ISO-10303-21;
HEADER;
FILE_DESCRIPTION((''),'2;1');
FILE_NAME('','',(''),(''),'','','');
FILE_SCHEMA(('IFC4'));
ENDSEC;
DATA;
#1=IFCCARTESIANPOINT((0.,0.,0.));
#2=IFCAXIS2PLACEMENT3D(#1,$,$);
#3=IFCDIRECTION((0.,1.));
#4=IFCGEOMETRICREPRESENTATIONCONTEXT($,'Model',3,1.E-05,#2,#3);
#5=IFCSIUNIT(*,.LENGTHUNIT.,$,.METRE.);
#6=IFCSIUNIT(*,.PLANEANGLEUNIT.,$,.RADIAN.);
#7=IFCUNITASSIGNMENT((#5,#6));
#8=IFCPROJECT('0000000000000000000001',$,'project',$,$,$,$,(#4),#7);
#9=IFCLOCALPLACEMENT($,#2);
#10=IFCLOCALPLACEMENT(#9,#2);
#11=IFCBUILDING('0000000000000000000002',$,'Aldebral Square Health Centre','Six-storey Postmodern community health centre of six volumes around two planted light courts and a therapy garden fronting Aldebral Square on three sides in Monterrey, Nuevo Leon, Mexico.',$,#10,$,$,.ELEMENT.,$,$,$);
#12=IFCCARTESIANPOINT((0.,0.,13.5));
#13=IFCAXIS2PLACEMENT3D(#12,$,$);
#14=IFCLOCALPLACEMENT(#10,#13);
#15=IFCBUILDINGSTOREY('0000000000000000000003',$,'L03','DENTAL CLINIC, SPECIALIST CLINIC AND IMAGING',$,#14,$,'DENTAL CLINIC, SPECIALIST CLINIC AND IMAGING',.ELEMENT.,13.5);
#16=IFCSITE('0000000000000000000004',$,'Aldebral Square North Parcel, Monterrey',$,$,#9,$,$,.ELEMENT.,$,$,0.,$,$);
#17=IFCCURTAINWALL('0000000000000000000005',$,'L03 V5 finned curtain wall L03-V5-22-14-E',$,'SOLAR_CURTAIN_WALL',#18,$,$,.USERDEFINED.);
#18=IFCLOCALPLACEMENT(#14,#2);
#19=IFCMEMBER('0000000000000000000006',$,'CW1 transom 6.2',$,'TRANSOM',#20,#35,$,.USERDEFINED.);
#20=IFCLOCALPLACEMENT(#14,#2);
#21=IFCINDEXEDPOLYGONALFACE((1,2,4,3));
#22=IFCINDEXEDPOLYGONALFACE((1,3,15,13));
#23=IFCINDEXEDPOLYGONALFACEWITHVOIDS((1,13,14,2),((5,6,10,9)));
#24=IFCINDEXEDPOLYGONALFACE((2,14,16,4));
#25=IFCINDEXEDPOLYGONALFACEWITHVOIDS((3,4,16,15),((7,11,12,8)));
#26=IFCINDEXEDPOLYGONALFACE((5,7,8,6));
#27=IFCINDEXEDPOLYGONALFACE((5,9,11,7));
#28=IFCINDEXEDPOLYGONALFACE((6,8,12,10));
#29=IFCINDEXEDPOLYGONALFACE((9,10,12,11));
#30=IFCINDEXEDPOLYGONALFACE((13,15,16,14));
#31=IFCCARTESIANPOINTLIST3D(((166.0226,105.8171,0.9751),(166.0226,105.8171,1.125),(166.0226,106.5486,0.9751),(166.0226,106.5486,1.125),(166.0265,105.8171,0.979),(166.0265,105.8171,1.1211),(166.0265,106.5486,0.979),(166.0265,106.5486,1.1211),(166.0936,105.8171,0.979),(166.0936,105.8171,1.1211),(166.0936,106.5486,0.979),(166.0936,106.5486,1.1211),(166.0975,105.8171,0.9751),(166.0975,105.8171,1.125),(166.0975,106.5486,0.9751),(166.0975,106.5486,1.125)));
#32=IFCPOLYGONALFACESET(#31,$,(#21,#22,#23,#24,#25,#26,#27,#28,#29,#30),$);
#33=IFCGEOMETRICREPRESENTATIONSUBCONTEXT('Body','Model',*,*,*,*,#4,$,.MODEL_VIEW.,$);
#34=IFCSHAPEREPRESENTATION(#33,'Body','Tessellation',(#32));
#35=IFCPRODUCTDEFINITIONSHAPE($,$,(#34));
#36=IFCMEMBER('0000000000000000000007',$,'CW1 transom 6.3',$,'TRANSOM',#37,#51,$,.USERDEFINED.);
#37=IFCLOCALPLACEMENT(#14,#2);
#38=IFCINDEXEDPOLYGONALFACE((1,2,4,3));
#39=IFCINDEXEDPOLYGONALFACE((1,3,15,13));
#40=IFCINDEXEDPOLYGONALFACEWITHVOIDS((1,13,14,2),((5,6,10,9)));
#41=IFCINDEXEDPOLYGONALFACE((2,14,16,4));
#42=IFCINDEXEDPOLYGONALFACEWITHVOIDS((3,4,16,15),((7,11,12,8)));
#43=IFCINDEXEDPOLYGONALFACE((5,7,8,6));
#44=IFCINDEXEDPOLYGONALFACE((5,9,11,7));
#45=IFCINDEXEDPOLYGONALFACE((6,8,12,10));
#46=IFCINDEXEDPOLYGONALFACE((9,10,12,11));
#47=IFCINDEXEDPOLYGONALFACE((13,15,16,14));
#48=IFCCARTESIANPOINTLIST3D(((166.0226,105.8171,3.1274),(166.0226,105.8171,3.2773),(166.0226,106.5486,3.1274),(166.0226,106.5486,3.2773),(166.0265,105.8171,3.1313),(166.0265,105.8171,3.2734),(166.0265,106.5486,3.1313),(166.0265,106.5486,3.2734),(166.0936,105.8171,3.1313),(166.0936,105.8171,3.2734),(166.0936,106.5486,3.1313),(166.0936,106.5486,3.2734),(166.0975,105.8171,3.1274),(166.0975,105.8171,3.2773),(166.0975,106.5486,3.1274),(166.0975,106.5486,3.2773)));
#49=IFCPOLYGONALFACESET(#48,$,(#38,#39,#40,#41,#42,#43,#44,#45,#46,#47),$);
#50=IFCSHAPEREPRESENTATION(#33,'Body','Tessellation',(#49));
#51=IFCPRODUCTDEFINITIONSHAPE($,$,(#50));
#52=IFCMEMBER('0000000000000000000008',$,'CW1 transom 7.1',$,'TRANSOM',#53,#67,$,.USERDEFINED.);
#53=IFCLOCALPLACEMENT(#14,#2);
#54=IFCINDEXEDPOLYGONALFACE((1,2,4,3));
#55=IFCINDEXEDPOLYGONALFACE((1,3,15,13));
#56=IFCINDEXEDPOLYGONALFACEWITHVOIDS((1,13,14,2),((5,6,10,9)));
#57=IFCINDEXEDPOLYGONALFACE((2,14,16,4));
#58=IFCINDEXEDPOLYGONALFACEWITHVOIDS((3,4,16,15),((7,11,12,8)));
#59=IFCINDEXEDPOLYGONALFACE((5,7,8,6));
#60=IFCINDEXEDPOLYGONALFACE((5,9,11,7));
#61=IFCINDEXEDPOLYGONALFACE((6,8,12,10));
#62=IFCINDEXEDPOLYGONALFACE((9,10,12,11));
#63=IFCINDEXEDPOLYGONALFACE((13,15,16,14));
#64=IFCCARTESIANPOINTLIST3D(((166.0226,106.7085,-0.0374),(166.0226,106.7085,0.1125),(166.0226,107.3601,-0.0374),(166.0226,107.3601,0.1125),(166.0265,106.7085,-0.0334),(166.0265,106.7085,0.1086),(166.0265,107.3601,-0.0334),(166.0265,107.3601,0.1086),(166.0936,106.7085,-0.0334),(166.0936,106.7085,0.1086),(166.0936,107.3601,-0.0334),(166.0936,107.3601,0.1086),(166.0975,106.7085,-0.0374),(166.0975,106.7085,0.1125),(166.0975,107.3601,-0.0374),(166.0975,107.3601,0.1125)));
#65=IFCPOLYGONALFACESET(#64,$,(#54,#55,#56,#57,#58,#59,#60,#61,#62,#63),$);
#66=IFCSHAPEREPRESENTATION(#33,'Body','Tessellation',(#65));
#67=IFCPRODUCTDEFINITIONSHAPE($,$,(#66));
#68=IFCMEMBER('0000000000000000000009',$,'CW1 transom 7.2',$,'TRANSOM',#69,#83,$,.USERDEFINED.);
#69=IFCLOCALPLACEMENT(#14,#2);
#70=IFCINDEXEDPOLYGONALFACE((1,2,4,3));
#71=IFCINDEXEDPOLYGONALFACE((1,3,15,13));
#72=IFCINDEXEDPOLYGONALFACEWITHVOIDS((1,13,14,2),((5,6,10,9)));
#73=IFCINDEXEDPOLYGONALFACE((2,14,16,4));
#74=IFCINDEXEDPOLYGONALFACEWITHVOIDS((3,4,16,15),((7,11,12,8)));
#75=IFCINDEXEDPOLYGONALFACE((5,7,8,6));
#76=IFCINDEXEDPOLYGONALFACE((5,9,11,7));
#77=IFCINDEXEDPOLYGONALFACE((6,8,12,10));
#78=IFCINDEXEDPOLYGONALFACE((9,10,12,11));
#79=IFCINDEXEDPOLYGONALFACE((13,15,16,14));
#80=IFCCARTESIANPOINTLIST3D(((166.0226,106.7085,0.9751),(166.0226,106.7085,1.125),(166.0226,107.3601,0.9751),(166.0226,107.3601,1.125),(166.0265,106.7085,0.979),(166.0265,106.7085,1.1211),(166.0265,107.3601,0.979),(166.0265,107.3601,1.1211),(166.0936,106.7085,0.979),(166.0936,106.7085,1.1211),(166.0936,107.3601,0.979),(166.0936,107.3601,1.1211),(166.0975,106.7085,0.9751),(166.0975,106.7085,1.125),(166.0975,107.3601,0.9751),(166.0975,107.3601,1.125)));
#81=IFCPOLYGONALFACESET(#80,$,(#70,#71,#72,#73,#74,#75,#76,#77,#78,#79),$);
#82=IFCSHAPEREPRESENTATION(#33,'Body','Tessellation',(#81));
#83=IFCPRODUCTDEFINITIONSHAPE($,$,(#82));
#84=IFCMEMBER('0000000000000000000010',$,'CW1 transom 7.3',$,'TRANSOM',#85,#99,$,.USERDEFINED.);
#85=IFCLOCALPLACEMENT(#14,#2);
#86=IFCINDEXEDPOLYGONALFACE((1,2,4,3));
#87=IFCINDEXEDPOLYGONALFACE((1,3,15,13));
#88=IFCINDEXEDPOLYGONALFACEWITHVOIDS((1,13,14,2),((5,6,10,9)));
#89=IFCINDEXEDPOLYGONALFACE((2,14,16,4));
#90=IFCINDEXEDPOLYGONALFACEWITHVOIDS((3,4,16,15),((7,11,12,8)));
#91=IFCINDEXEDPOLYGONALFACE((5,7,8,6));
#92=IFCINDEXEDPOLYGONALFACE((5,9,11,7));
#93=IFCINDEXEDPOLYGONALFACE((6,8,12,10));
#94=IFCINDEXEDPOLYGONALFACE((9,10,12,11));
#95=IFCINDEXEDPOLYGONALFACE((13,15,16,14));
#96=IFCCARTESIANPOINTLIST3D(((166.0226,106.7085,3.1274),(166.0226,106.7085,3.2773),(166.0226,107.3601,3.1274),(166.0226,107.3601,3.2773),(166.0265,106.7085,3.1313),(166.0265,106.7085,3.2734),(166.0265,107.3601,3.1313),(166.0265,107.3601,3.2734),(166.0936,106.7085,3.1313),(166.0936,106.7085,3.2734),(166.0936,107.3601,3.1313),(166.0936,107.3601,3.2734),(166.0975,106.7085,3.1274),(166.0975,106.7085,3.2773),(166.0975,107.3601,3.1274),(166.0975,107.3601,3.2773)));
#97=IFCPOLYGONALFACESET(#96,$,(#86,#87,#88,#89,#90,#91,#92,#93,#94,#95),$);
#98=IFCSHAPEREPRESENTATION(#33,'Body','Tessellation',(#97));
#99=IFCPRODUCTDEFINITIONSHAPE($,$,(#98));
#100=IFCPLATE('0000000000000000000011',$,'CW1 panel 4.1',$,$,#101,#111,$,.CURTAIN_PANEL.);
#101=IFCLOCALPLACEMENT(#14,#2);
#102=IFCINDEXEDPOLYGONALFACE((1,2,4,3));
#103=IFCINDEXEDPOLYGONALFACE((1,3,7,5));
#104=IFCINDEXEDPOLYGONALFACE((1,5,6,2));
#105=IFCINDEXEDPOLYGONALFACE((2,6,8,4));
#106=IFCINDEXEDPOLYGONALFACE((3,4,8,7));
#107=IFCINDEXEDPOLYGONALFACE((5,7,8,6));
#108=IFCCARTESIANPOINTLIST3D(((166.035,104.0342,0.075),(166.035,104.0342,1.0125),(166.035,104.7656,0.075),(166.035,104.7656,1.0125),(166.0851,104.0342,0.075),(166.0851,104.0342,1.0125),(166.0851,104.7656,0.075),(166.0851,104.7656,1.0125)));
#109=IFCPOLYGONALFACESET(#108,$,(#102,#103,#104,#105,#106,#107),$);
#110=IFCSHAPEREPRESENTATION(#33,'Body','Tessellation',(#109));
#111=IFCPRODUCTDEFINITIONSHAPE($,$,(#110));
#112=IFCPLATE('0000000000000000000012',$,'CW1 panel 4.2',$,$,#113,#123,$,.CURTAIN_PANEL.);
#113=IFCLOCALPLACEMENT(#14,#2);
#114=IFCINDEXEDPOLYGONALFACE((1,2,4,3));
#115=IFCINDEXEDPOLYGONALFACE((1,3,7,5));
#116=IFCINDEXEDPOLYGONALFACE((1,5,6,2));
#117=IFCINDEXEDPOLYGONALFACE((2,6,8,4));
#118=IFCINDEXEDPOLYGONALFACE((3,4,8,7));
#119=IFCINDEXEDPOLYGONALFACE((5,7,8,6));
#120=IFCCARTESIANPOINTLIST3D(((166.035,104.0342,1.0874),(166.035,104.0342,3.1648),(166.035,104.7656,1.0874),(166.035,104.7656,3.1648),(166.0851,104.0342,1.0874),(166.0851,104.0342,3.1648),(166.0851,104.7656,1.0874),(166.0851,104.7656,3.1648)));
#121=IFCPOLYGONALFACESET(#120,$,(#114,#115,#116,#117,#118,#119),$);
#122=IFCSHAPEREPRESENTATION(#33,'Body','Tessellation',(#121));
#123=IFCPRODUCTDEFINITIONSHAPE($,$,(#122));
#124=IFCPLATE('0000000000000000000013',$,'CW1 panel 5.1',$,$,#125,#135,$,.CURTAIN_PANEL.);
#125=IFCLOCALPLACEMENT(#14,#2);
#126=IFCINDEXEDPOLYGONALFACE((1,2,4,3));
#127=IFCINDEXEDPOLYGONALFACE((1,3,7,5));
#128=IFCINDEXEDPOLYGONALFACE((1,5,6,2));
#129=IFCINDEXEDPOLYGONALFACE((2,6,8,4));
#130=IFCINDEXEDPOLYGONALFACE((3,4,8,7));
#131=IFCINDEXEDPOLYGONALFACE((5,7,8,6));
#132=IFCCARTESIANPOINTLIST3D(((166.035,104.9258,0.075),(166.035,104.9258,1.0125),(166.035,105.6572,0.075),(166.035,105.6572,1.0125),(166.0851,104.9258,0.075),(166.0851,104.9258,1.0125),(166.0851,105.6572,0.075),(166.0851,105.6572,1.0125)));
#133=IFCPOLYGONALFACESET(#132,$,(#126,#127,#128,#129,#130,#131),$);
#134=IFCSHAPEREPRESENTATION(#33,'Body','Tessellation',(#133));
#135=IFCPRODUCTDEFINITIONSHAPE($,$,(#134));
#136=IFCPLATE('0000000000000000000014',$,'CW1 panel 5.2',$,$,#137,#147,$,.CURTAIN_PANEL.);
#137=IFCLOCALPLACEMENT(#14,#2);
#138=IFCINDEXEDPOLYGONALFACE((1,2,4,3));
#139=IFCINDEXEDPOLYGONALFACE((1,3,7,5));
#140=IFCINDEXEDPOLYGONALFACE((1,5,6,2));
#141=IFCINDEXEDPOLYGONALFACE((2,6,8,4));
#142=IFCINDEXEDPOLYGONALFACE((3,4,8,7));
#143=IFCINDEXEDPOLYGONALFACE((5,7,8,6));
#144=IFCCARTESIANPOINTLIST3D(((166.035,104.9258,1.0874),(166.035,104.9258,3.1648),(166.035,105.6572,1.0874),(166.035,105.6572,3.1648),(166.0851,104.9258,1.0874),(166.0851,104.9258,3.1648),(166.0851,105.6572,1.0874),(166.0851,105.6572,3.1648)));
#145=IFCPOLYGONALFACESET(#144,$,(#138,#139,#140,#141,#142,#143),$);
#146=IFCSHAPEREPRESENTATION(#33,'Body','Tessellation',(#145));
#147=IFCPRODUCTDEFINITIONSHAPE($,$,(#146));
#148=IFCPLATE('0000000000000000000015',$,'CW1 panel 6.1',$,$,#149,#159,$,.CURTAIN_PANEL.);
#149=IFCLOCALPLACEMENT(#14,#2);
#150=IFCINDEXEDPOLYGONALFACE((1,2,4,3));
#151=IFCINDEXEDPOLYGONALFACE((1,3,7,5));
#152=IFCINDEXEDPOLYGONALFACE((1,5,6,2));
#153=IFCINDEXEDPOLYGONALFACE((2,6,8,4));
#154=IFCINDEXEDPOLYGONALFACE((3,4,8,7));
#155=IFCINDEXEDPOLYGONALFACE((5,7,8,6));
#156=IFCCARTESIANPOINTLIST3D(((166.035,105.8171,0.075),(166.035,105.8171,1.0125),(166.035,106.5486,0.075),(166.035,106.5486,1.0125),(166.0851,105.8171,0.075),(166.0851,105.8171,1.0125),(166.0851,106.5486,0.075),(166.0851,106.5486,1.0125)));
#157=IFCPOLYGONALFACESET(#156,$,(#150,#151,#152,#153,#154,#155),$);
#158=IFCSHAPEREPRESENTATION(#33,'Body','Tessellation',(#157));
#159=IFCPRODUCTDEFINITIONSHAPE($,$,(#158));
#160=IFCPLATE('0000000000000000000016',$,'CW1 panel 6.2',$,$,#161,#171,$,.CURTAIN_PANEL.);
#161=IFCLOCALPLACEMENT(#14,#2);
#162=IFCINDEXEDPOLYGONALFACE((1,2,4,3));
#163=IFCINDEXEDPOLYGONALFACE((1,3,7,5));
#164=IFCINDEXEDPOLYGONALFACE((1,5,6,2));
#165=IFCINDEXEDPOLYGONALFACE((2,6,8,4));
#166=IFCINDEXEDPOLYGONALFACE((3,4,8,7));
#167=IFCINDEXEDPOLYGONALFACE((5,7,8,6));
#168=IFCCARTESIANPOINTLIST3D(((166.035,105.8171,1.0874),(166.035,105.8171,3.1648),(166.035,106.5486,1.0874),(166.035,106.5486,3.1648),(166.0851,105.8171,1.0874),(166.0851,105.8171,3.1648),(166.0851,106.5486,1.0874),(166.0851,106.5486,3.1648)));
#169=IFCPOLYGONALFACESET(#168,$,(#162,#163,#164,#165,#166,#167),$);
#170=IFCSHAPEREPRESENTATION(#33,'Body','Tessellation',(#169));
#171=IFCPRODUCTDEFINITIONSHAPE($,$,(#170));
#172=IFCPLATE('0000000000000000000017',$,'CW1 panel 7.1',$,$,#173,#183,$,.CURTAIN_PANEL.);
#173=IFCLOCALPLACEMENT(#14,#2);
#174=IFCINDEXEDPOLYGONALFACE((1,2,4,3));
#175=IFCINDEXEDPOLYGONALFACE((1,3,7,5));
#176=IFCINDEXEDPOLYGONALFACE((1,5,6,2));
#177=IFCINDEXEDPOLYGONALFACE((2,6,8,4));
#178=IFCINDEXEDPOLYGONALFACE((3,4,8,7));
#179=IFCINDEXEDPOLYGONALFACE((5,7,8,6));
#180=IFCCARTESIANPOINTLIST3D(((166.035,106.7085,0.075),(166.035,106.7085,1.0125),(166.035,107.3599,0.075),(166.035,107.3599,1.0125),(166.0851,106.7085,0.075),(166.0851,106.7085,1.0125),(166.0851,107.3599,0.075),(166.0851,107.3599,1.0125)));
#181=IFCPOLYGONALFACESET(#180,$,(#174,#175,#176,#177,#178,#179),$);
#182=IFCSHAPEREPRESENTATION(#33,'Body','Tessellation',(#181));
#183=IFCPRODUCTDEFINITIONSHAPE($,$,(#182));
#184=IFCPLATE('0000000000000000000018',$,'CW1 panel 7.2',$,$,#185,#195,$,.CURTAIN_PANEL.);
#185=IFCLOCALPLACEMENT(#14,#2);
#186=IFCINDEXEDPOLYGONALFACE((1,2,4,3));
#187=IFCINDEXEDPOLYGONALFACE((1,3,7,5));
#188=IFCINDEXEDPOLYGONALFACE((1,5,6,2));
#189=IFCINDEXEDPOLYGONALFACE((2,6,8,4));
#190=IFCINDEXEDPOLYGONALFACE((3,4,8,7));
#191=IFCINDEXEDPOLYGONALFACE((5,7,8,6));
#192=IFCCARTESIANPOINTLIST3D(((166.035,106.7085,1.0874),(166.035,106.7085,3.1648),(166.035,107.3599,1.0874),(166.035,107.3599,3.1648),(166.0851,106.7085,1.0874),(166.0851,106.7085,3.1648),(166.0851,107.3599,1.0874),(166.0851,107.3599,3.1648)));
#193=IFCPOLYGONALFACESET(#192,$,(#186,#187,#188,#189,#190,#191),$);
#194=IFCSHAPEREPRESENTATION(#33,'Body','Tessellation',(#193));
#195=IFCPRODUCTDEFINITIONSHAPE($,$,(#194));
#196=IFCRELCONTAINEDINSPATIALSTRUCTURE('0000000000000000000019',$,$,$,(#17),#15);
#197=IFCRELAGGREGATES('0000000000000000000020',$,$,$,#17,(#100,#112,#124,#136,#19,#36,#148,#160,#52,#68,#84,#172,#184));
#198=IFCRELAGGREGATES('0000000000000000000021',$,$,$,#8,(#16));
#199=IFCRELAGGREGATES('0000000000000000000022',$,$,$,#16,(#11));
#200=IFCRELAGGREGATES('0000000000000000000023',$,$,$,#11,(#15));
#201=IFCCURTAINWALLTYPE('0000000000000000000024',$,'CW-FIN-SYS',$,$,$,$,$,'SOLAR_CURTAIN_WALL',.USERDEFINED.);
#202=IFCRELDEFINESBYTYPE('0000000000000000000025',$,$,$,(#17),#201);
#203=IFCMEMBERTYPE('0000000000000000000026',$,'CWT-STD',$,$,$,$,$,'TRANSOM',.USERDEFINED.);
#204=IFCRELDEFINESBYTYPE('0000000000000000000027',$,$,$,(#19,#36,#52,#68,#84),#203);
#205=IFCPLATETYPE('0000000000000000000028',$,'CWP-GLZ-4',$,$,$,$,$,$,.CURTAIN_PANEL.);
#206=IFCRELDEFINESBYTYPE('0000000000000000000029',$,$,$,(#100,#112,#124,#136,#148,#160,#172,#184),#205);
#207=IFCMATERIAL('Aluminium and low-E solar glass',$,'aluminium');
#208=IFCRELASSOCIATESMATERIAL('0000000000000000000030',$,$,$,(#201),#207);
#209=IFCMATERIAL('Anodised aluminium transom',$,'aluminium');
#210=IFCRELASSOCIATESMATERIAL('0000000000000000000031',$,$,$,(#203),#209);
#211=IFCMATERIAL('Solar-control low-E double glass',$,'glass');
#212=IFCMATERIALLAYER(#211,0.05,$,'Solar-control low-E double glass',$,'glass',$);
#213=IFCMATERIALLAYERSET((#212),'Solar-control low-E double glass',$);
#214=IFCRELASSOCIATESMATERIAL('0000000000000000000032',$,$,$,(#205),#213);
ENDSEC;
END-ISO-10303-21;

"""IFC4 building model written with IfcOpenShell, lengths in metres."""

from ifc_helpers import new_model, si_unit, direction, frame, origin, origin_2d, place, context, subcontext, project, spatial, rectangle, hollow_rectangle, extrude, material, layer, layer_set, material_profile, profile_set, type_object, element, aggregate, save


model = new_model("IFC4")

# Units and contexts
model_context = context("Model", 3, precision=1e-05, world=origin(), true_north=direction((0.0, 1.0)))
body_context = subcontext(model_context, "Body", "Model", "MODEL_VIEW")
ifc_project = project(units=[si_unit("LENGTHUNIT", "METRE"), si_unit("PLANEANGLEUNIT", "RADIAN")], contexts=[model_context])

# Site, building, storey
site_placement = place(None, origin())
site = spatial("IfcSite", under=ifc_project, at=site_placement, Name="Aldebral Square North Parcel, Monterrey", CompositionType="ELEMENT", RefElevation=0.0)
building_placement = place(site_placement, origin())
building = spatial("IfcBuilding", under=site, at=building_placement, Name="Aldebral Square Health Centre", Description="Six-storey Postmodern community health centre of six volumes around two planted light courts and a therapy garden fronting Aldebral Square on three sides in Monterrey, Nuevo Leon, Mexico.", CompositionType="ELEMENT")
storey_placement = place(building_placement, frame((0.0, 0.0, 13.5)))
storey = spatial("IfcBuildingStorey", under=building, at=storey_placement, Name="L03", Description="DENTAL CLINIC, SPECIALIST CLINIC AND IMAGING", LongName="DENTAL CLINIC, SPECIALIST CLINIC AND IMAGING", CompositionType="ELEMENT", Elevation=13.5)

# Curtain wall, members, plates
ifc_material_1 = material(Name="Aluminium and low-E solar glass", Category="aluminium")
curtain_wall_type = type_object("IfcCurtainWallType", Name="CW-FIN-SYS", ElementType="SOLAR_CURTAIN_WALL", PredefinedType="USERDEFINED", material=ifc_material_1)
curtain_wall_placement = place(storey_placement, origin())
curtain_wall = element("IfcCurtainWall", 1, at=curtain_wall_placement, inside=storey, type_object=curtain_wall_type, Name="L03 V5 finned curtain wall L03-V5-22-14-E", ObjectType="SOLAR_CURTAIN_WALL", PredefinedType="USERDEFINED")
ifc_material_2 = material(Name="Anodised aluminium transom", Category="aluminium")
ifc_material_profile_1 = material_profile(ifc_material_2, hollow_rectangle(XDim=0.075, YDim=0.1499, WallThickness=0.0039, at=origin_2d()), Name="CWT 75x150x4")
ifc_profile_set_1 = profile_set([ifc_material_profile_1], Name="Anodised aluminium transom")
member_type_1 = type_object("IfcMemberType", Name="CWT-STD", ElementType="TRANSOM", PredefinedType="USERDEFINED", material=ifc_profile_set_1)
member_1_placement = place(storey_placement, frame((166.0601, 105.8171, 1.05), z_axis=(0.0, 1.0, 0.0), x_axis=(-1.0, 0.0, 0.0)))
member_1 = element("IfcMember", 2, at=member_1_placement, type_object=member_type_1, Name="CW1 transom 6.2", ObjectType="TRANSOM", PredefinedType="USERDEFINED", context=body_context, shape_type="SweptSolid", body=[
    extrude(hollow_rectangle(XDim=0.075, YDim=0.1499, WallThickness=0.0039, at=origin_2d()), origin(), (0.0, 0.0, 1.0), 0.7314),
])
member_2_placement = place(storey_placement, frame((166.0601, 105.8171, 3.2024), z_axis=(0.0, 1.0, 0.0), x_axis=(-1.0, 0.0, 0.0)))
member_2 = element("IfcMember", 3, at=member_2_placement, type_object=member_type_1, Name="CW1 transom 6.3", ObjectType="TRANSOM", PredefinedType="USERDEFINED", context=body_context, shape_type="SweptSolid", body=[
    extrude(hollow_rectangle(XDim=0.075, YDim=0.1499, WallThickness=0.0039, at=origin_2d()), origin(), (0.0, 0.0, 1.0), 0.7314),
])
member_3_placement = place(storey_placement, frame((166.0601, 106.7085, 0.0376), z_axis=(0.0, 1.0, 0.0), x_axis=(-1.0, 0.0, 0.0)))
member_3 = element("IfcMember", 4, at=member_3_placement, type_object=member_type_1, Name="CW1 transom 7.1", ObjectType="TRANSOM", PredefinedType="USERDEFINED", context=body_context, shape_type="SweptSolid", body=[
    extrude(hollow_rectangle(XDim=0.075, YDim=0.1499, WallThickness=0.0039, at=origin_2d()), origin(), (0.0, 0.0, 1.0), 0.6516),
])
member_4_placement = place(storey_placement, frame((166.0601, 106.7085, 1.05), z_axis=(0.0, 1.0, 0.0), x_axis=(-1.0, 0.0, 0.0)))
member_4 = element("IfcMember", 5, at=member_4_placement, type_object=member_type_1, Name="CW1 transom 7.2", ObjectType="TRANSOM", PredefinedType="USERDEFINED", context=body_context, shape_type="SweptSolid", body=[
    extrude(hollow_rectangle(XDim=0.075, YDim=0.1499, WallThickness=0.0039, at=origin_2d()), origin(), (0.0, 0.0, 1.0), 0.6516),
])
member_5_placement = place(storey_placement, frame((166.0601, 106.7085, 3.2024), z_axis=(0.0, 1.0, 0.0), x_axis=(-1.0, 0.0, 0.0)))
member_5 = element("IfcMember", 6, at=member_5_placement, type_object=member_type_1, Name="CW1 transom 7.3", ObjectType="TRANSOM", PredefinedType="USERDEFINED", context=body_context, shape_type="SweptSolid", body=[
    extrude(hollow_rectangle(XDim=0.075, YDim=0.1499, WallThickness=0.0039, at=origin_2d()), origin(), (0.0, 0.0, 1.0), 0.6516),
])
ifc_material_3 = material(Name="Solar-control low-E double glass", Category="glass")
ifc_layer_1 = layer(ifc_material_3, 0.05, Name="Solar-control low-E double glass", Category="glass")
ifc_layer_set_1 = layer_set([ifc_layer_1], Name="Solar-control low-E double glass")
plate_type = type_object("IfcPlateType", Name="CWP-GLZ-4", PredefinedType="CURTAIN_PANEL", material=ifc_layer_set_1)
plate_1_placement = place(storey_placement, frame((166.0601, 104.3999, 0.075), z_axis=(0.0, 0.0, 1.0), x_axis=(0.0, 1.0, 0.0)))
plate_1 = element("IfcPlate", 7, at=plate_1_placement, type_object=plate_type, Name="CW1 panel 4.1", PredefinedType="CURTAIN_PANEL", context=body_context, shape_type="SweptSolid", body=[
    extrude(rectangle(XDim=0.7314, YDim=0.05, at=origin_2d()), origin(), (0.0, 0.0, 1.0), 0.9375),
])
plate_2_placement = place(storey_placement, frame((166.0601, 104.3999, 1.0874), z_axis=(0.0, 0.0, 1.0), x_axis=(0.0, 1.0, 0.0)))
plate_2 = element("IfcPlate", 8, at=plate_2_placement, type_object=plate_type, Name="CW1 panel 4.2", PredefinedType="CURTAIN_PANEL", context=body_context, shape_type="SweptSolid", body=[
    extrude(rectangle(XDim=0.7314, YDim=0.05, at=origin_2d()), origin(), (0.0, 0.0, 1.0), 2.0774),
])
plate_3_placement = place(storey_placement, frame((166.0601, 105.2915, 0.075), z_axis=(0.0, 0.0, 1.0), x_axis=(0.0, 1.0, 0.0)))
plate_3 = element("IfcPlate", 9, at=plate_3_placement, type_object=plate_type, Name="CW1 panel 5.1", PredefinedType="CURTAIN_PANEL", context=body_context, shape_type="SweptSolid", body=[
    extrude(rectangle(XDim=0.7314, YDim=0.05, at=origin_2d()), origin(), (0.0, 0.0, 1.0), 0.9375),
])
plate_4_placement = place(storey_placement, frame((166.0601, 105.2915, 1.0874), z_axis=(0.0, 0.0, 1.0), x_axis=(0.0, 1.0, 0.0)))
plate_4 = element("IfcPlate", 10, at=plate_4_placement, type_object=plate_type, Name="CW1 panel 5.2", PredefinedType="CURTAIN_PANEL", context=body_context, shape_type="SweptSolid", body=[
    extrude(rectangle(XDim=0.7314, YDim=0.05, at=origin_2d()), origin(), (0.0, 0.0, 1.0), 2.0774),
])
plate_5_placement = place(storey_placement, frame((166.0601, 106.1829, 0.075), z_axis=(0.0, 0.0, 1.0), x_axis=(0.0, 1.0, 0.0)))
plate_5 = element("IfcPlate", 11, at=plate_5_placement, type_object=plate_type, Name="CW1 panel 6.1", PredefinedType="CURTAIN_PANEL", context=body_context, shape_type="SweptSolid", body=[
    extrude(rectangle(XDim=0.7314, YDim=0.05, at=origin_2d()), origin(), (0.0, 0.0, 1.0), 0.9375),
])
plate_6_placement = place(storey_placement, frame((166.0601, 106.1829, 1.0874), z_axis=(0.0, 0.0, 1.0), x_axis=(0.0, 1.0, 0.0)))
plate_6 = element("IfcPlate", 12, at=plate_6_placement, type_object=plate_type, Name="CW1 panel 6.2", PredefinedType="CURTAIN_PANEL", context=body_context, shape_type="SweptSolid", body=[
    extrude(rectangle(XDim=0.7314, YDim=0.05, at=origin_2d()), origin(), (0.0, 0.0, 1.0), 2.0774),
])
plate_7_placement = place(storey_placement, frame((166.0601, 107.0342, 0.075), z_axis=(0.0, 0.0, 1.0), x_axis=(0.0, 1.0, 0.0)))
plate_7 = element("IfcPlate", 13, at=plate_7_placement, type_object=plate_type, Name="CW1 panel 7.1", PredefinedType="CURTAIN_PANEL", context=body_context, shape_type="SweptSolid", body=[
    extrude(rectangle(XDim=0.6514, YDim=0.05, at=origin_2d()), origin(), (0.0, 0.0, 1.0), 0.9375),
])
plate_8_placement = place(storey_placement, frame((166.0601, 107.0342, 1.0874), z_axis=(0.0, 0.0, 1.0), x_axis=(0.0, 1.0, 0.0)))
plate_8 = element("IfcPlate", 14, at=plate_8_placement, type_object=plate_type, Name="CW1 panel 7.2", PredefinedType="CURTAIN_PANEL", context=body_context, shape_type="SweptSolid", body=[
    extrude(rectangle(XDim=0.6514, YDim=0.05, at=origin_2d()), origin(), (0.0, 0.0, 1.0), 2.0774),
])
aggregate(curtain_wall, [plate_1, plate_2, plate_3, plate_4, member_1, member_2, plate_5, plate_6, member_3, member_4, member_5, plate_7, plate_8])

save(model, "model.ifc")
